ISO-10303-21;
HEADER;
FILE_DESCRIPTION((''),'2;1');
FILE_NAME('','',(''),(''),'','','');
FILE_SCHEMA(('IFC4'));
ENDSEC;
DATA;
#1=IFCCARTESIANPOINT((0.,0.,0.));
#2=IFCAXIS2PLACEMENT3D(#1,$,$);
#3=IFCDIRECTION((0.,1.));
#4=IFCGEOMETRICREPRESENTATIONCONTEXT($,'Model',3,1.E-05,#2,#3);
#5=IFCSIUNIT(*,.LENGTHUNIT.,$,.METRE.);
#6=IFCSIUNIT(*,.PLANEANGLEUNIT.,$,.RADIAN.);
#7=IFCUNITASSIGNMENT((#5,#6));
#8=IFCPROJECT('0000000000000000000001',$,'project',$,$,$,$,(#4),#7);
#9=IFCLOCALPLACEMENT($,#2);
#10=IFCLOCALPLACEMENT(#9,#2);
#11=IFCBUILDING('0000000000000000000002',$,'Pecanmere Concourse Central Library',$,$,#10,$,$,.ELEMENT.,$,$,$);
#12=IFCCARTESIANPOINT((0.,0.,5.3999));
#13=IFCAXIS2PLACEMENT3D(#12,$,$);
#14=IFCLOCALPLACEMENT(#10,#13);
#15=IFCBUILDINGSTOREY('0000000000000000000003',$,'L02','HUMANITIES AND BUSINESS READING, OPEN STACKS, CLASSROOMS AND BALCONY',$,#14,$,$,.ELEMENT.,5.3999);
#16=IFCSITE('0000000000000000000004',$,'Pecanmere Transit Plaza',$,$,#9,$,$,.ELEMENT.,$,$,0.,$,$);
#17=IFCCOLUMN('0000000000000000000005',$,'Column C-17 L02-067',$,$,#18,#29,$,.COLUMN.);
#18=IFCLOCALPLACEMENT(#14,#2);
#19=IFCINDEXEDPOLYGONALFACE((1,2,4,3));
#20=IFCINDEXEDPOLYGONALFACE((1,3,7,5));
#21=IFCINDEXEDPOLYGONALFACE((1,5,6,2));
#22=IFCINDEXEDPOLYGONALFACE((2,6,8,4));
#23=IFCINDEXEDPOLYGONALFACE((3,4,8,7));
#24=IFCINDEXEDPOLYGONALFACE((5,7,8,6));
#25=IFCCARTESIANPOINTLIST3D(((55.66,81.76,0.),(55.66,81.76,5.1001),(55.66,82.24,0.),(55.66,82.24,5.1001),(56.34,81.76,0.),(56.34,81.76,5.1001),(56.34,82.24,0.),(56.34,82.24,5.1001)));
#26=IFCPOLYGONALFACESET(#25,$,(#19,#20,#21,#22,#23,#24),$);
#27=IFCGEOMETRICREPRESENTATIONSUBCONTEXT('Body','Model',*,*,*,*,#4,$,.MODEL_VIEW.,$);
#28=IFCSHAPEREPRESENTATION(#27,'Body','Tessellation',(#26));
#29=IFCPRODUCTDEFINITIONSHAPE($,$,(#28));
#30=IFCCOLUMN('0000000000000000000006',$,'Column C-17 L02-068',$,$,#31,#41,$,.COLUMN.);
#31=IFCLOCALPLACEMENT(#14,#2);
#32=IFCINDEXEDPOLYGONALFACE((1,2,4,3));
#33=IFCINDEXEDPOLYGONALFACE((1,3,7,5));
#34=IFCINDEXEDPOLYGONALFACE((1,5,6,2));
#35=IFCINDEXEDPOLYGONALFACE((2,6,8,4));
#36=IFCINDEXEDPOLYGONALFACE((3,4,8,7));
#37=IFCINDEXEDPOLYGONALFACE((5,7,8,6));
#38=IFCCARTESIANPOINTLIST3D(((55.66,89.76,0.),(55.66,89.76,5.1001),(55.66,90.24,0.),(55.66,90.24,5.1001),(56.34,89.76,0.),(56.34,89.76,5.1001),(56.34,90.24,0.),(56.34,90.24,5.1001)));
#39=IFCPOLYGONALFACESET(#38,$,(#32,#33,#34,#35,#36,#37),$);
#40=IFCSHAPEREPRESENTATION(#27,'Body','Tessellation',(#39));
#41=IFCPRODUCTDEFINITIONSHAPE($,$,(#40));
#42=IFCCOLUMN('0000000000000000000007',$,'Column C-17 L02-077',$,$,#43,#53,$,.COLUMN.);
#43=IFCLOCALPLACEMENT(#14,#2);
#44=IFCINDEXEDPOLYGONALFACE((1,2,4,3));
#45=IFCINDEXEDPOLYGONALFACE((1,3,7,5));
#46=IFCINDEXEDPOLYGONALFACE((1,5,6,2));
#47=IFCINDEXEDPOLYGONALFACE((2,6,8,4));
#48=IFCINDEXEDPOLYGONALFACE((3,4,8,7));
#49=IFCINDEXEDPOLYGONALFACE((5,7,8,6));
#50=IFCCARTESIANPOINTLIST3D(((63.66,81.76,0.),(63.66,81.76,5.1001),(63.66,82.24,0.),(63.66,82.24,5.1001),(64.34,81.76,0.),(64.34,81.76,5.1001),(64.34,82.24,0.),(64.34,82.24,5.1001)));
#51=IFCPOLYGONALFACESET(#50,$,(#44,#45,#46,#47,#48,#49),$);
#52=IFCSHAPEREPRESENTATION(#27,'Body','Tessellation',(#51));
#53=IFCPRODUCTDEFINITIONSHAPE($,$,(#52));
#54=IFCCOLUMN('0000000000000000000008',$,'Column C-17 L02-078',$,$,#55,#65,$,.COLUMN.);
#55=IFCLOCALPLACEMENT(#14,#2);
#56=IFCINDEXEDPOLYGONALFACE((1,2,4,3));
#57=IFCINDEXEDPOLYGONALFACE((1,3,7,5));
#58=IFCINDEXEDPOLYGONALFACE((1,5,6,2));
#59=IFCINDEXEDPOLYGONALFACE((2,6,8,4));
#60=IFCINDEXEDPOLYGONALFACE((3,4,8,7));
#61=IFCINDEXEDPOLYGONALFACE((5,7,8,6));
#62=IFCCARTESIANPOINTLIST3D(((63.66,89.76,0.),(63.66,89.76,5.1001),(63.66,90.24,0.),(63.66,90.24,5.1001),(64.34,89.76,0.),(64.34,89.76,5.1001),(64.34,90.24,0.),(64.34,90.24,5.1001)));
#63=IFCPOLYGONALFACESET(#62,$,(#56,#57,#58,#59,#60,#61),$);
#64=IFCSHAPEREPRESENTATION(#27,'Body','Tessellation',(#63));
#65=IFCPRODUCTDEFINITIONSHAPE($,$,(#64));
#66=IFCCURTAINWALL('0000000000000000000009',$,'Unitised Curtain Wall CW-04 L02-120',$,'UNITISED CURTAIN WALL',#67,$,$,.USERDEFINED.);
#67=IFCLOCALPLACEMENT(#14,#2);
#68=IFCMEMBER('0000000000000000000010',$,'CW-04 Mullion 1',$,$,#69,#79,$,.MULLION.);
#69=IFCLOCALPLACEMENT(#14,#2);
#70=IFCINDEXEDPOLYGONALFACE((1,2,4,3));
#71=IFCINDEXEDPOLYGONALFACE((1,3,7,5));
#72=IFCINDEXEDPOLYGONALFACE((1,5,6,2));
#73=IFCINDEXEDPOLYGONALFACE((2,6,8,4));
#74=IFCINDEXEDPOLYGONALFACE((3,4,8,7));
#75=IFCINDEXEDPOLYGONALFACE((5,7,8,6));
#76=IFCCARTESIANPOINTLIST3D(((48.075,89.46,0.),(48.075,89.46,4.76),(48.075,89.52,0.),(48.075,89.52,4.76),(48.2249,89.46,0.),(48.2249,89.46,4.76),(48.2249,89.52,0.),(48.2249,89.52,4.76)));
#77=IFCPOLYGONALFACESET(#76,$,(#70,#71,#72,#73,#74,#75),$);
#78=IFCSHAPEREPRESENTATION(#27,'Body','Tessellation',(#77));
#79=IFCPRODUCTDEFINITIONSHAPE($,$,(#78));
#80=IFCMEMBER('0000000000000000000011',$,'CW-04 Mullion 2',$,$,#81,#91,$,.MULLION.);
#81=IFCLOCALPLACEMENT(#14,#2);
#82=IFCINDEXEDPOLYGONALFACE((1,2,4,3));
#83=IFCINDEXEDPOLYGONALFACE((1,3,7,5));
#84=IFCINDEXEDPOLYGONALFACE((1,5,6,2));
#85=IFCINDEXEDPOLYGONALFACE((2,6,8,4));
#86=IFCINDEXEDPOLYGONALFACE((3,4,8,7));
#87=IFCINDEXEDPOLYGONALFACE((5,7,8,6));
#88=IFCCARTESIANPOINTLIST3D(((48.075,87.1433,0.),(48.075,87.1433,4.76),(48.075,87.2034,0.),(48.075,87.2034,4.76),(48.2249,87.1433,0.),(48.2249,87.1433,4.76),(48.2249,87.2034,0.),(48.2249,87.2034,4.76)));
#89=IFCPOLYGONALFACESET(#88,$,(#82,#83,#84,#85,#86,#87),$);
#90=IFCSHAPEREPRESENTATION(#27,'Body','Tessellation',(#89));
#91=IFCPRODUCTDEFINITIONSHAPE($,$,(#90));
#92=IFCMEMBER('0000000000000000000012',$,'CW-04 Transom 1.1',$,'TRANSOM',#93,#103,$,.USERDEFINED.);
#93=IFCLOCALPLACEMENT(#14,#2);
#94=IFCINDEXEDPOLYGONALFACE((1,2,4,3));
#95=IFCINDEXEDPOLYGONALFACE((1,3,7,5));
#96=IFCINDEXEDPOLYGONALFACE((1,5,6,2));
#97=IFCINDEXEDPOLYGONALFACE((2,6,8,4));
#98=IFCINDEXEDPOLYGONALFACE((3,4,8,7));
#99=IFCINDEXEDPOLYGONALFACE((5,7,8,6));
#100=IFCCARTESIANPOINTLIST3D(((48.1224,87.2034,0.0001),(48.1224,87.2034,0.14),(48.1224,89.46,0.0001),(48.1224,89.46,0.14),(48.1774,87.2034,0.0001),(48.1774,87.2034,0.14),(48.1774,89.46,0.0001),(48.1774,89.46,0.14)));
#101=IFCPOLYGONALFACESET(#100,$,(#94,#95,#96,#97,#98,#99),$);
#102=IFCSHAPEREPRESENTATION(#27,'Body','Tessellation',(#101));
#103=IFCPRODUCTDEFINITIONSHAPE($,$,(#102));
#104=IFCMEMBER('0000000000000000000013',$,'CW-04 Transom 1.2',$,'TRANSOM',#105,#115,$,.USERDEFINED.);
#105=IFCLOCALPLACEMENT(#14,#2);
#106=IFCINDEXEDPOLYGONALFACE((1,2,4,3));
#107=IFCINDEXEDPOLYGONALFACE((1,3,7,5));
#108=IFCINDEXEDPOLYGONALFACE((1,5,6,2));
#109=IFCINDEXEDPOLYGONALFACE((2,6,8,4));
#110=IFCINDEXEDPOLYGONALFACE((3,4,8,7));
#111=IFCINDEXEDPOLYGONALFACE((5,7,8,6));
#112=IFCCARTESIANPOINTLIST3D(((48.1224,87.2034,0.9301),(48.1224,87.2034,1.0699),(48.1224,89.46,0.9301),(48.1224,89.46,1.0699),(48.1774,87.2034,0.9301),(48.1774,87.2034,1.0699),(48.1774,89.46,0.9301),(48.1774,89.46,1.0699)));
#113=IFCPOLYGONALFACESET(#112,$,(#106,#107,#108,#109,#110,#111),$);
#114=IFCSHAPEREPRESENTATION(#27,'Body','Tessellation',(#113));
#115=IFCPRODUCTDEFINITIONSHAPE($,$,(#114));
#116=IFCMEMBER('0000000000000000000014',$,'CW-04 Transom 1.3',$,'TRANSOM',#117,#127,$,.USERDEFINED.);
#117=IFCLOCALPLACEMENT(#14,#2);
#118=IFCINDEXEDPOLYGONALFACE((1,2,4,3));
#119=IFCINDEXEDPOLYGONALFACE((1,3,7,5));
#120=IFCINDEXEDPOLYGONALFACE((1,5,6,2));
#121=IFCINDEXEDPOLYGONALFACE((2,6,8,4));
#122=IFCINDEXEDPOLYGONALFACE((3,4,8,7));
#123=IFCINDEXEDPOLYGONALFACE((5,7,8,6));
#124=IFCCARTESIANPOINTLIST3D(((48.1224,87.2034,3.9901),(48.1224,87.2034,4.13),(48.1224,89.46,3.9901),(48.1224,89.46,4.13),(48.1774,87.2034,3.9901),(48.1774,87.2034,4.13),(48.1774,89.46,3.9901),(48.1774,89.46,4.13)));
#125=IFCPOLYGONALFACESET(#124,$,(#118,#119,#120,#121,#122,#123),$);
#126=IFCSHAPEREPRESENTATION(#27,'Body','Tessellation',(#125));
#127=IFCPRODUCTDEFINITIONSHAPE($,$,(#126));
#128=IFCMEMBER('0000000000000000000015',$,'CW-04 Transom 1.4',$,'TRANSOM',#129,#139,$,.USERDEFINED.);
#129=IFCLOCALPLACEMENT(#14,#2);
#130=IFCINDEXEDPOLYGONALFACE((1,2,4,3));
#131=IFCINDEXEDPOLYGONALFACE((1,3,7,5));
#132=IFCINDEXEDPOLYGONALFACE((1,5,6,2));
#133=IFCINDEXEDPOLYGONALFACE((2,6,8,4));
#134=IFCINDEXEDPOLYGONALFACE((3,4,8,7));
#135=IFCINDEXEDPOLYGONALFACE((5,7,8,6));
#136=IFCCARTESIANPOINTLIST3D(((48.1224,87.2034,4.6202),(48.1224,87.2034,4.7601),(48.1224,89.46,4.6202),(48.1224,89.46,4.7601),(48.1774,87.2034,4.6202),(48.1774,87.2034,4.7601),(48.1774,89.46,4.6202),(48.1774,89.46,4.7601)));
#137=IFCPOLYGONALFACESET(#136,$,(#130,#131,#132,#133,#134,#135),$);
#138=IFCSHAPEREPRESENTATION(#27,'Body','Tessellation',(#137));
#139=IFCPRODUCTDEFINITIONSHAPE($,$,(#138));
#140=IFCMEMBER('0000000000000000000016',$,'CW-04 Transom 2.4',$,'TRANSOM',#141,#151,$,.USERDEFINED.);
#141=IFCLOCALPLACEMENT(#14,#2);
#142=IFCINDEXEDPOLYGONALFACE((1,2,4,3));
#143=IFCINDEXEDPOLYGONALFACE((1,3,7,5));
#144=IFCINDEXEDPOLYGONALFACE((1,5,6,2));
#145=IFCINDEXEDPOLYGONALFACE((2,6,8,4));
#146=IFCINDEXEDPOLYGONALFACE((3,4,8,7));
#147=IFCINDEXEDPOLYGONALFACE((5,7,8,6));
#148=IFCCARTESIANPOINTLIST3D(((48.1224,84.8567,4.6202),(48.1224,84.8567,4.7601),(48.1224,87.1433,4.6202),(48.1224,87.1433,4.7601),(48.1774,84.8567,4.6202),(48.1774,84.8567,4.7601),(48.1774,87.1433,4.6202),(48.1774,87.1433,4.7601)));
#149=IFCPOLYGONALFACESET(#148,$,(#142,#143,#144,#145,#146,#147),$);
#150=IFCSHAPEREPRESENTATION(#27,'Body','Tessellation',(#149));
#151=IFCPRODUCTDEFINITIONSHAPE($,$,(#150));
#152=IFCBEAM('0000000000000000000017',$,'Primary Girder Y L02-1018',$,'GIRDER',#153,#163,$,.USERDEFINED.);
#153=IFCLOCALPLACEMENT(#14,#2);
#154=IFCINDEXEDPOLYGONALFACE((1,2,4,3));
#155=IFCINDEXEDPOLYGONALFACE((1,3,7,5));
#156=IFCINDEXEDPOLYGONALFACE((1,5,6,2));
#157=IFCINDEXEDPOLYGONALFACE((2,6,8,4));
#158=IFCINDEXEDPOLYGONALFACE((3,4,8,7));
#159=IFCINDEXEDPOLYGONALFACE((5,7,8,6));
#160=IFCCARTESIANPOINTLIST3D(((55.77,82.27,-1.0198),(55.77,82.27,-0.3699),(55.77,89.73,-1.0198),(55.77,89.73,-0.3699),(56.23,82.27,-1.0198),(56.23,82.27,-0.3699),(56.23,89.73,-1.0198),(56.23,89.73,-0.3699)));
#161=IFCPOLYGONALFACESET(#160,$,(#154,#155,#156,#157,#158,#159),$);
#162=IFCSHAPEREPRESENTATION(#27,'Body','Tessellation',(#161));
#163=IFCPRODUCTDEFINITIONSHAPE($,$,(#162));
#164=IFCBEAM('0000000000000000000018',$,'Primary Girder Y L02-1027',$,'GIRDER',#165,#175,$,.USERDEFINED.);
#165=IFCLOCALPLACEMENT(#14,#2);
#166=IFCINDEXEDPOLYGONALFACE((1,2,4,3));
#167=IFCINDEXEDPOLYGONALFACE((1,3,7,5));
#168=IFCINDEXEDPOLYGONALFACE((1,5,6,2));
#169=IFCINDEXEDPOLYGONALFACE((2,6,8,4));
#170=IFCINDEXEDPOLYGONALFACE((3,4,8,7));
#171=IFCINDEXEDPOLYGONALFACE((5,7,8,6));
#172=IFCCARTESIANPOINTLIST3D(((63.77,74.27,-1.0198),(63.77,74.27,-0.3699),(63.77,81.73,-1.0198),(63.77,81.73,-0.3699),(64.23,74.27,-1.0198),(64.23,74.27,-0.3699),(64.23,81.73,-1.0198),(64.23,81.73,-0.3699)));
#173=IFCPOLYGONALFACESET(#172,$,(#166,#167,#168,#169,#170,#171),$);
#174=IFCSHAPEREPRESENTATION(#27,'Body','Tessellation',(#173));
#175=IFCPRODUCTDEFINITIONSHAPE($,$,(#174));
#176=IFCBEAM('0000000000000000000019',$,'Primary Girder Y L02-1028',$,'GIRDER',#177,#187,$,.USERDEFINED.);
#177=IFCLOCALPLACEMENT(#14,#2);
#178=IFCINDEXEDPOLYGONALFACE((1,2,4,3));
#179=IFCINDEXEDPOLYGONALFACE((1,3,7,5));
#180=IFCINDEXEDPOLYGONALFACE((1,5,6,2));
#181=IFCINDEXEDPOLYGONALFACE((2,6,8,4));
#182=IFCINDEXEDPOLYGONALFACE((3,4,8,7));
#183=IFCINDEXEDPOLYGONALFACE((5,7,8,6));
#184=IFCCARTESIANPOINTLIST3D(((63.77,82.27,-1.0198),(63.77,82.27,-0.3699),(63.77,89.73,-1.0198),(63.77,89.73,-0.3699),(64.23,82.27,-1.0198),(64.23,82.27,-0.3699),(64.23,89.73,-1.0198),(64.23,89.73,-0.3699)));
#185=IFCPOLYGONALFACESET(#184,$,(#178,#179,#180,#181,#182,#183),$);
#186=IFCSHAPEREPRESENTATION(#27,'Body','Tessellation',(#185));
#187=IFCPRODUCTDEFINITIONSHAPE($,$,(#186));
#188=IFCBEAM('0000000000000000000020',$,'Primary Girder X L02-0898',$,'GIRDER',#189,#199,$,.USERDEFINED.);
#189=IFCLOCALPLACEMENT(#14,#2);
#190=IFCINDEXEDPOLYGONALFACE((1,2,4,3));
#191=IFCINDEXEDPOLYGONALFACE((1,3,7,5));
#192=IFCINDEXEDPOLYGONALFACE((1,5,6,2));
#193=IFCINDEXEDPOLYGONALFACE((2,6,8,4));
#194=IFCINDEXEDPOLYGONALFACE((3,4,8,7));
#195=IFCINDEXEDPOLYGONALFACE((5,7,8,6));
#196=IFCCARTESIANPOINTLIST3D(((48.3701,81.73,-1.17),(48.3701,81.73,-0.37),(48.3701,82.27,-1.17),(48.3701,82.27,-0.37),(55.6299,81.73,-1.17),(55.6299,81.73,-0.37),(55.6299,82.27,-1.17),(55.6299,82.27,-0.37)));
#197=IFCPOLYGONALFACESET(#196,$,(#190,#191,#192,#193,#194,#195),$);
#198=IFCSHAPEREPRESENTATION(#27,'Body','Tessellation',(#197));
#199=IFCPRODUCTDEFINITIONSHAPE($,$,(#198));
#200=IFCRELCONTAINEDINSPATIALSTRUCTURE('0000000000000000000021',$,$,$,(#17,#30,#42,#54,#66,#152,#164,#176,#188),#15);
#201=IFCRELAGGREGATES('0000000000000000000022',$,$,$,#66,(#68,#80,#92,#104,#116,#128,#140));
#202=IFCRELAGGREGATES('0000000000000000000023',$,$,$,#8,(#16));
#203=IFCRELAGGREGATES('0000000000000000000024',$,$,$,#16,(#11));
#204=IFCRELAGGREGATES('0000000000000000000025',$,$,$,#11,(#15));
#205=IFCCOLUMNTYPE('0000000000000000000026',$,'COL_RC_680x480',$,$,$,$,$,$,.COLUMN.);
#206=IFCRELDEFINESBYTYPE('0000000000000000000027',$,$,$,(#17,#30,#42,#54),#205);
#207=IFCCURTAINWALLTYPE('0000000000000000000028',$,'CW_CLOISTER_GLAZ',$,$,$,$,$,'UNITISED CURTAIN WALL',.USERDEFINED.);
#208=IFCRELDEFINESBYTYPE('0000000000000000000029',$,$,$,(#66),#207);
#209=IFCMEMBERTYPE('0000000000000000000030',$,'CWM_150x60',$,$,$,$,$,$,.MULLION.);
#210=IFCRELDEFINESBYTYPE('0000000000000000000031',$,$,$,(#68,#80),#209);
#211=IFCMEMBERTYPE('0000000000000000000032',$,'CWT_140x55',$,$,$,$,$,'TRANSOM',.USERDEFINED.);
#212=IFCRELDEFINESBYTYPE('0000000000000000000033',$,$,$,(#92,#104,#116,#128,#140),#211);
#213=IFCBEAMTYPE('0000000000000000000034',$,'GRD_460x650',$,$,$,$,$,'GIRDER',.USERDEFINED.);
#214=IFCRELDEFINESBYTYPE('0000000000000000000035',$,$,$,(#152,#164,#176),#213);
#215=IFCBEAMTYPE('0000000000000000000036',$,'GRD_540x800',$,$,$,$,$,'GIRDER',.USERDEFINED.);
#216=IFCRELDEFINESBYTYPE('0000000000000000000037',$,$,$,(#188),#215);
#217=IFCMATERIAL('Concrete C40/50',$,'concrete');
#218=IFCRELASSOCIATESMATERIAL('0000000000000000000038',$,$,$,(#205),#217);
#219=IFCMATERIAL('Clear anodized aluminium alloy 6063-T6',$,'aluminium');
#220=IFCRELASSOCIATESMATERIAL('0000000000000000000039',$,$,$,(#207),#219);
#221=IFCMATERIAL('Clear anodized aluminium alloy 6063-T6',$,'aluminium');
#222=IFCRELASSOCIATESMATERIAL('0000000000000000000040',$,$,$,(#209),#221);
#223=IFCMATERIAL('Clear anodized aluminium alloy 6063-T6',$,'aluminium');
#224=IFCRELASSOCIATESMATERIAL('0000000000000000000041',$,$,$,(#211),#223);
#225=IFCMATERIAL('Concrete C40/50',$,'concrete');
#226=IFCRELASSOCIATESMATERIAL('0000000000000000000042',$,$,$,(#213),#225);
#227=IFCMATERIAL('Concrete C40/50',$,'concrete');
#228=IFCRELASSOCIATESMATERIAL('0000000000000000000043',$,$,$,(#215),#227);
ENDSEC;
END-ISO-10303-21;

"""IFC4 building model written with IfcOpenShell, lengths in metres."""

from ifc_helpers import new_model, si_unit, direction, frame, origin, origin_2d, place, context, subcontext, project, spatial, rectangle, extrude, material, material_profile, profile_set, type_object, element, aggregate, save


model = new_model("IFC4")

# Units and contexts
model_context = context("Model", 3, precision=1e-05, world=origin(), true_north=direction((0.0, 1.0)))
body_context = subcontext(model_context, "Body", "Model", "MODEL_VIEW")
ifc_project = project(units=[si_unit("LENGTHUNIT", "METRE"), si_unit("PLANEANGLEUNIT", "RADIAN")], contexts=[model_context])

# Site, building, storey
site_placement = place(None, origin())
site = spatial("IfcSite", under=ifc_project, at=site_placement, Name="Pecanmere Transit Plaza", CompositionType="ELEMENT", RefElevation=0.0)
building_placement = place(site_placement, origin())
building = spatial("IfcBuilding", under=site, at=building_placement, Name="Pecanmere Concourse Central Library", CompositionType="ELEMENT")
storey_placement = place(building_placement, frame((0.0, 0.0, 5.3999)))
storey = spatial("IfcBuildingStorey", under=building, at=storey_placement, Name="L02", Description="HUMANITIES AND BUSINESS READING, OPEN STACKS, CLASSROOMS AND BALCONY", CompositionType="ELEMENT", Elevation=5.3999)

# Columns
ifc_material_1 = material(Name="Concrete C40/50", Category="concrete")
ifc_material_profile_1 = material_profile(ifc_material_1, rectangle(XDim=0.6799, YDim=0.48, at=origin_2d()), Name="RC 680x480")
ifc_profile_set_1 = profile_set([ifc_material_profile_1], Name="Concrete C40/50")
column_type = type_object("IfcColumnType", Name="COL_RC_680x480", PredefinedType="COLUMN", material=ifc_profile_set_1)
for number, where, z_axis, x_axis, name in (
    (1, (56.0, 82.0, 0.0), (0.0, 0.0, 1.0), (1.0, 0.0, 0.0), "Column C-17 L02-067"),
    (2, (56.0, 90.0, 0.0), (0.0, 0.0, 1.0), (1.0, 0.0, 0.0), "Column C-17 L02-068"),
    (3, (64.0, 82.0, 0.0), (0.0, 0.0, 1.0), (1.0, 0.0, 0.0), "Column C-17 L02-077"),
    (4, (64.0, 90.0, 0.0), (0.0, 0.0, 1.0), (1.0, 0.0, 0.0), "Column C-17 L02-078"),
):
    element("IfcColumn", number, at=place(storey_placement, frame(where, z_axis=z_axis, x_axis=x_axis)), inside=storey, type_object=column_type, Name=name, PredefinedType="COLUMN", context=body_context, shape_type="SweptSolid", body=[
        extrude(rectangle(XDim=0.6799, YDim=0.48, at=origin_2d()), origin(), (0.0, 0.0, 1.0), 5.1001),
    ])

# Curtain wall, members
ifc_material_2 = material(Name="Clear anodized aluminium alloy 6063-T6", Category="aluminium")
curtain_wall_type = type_object("IfcCurtainWallType", Name="CW_CLOISTER_GLAZ", ElementType="UNITISED CURTAIN WALL", PredefinedType="USERDEFINED", material=ifc_material_2)
curtain_wall_placement = place(storey_placement, origin())
curtain_wall = element("IfcCurtainWall", 5, at=curtain_wall_placement, inside=storey, type_object=curtain_wall_type, Name="Unitised Curtain Wall CW-04 L02-120", ObjectType="UNITISED CURTAIN WALL", PredefinedType="USERDEFINED")
ifc_material_3 = material(Name="Clear anodized aluminium alloy 6063-T6", Category="aluminium")
ifc_material_profile_2 = material_profile(ifc_material_3, rectangle(XDim=0.0601, YDim=0.1499, at=origin_2d()), Name="AL 60x150")
ifc_profile_set_2 = profile_set([ifc_material_profile_2], Name="Clear anodized aluminium alloy 6063-T6")
member_type_1 = type_object("IfcMemberType", Name="CWM_150x60", PredefinedType="MULLION", material=ifc_profile_set_2)
member_1_placement = place(storey_placement, frame((48.1499, 89.49, 0.0), z_axis=(0.0, 0.0, 1.0), x_axis=(0.0, -1.0, 0.0)))
member_1 = element("IfcMember", 6, at=member_1_placement, type_object=member_type_1, Name="CW-04 Mullion 1", PredefinedType="MULLION", context=body_context, shape_type="SweptSolid", body=[
    extrude(rectangle(XDim=0.0601, YDim=0.1499, at=origin_2d()), origin(), (0.0, 0.0, 1.0), 4.76),
])
member_2_placement = place(storey_placement, frame((48.1499, 87.1733, 0.0), z_axis=(0.0, 0.0, 1.0), x_axis=(0.0, -1.0, 0.0)))
member_2 = element("IfcMember", 7, at=member_2_placement, type_object=member_type_1, Name="CW-04 Mullion 2", PredefinedType="MULLION", context=body_context, shape_type="SweptSolid", body=[
    extrude(rectangle(XDim=0.0601, YDim=0.1499, at=origin_2d()), origin(), (0.0, 0.0, 1.0), 4.76),
])
ifc_material_4 = material(Name="Clear anodized aluminium alloy 6063-T6", Category="aluminium")
ifc_material_profile_3 = material_profile(ifc_material_4, rectangle(XDim=0.0549, YDim=0.1399, at=origin_2d()), Name="AL 55x140")
ifc_profile_set_3 = profile_set([ifc_material_profile_3], Name="Clear anodized aluminium alloy 6063-T6")
member_type_2 = type_object("IfcMemberType", Name="CWT_140x55", ElementType="TRANSOM", PredefinedType="USERDEFINED", material=ifc_profile_set_3)
member_3_placement = place(storey_placement, frame((48.1499, 89.46, 0.0701), z_axis=(0.0, -1.0, 0.0), x_axis=(1.0, 0.0, 0.0)))
member_3 = element("IfcMember", 8, at=member_3_placement, type_object=member_type_2, Name="CW-04 Transom 1.1", ObjectType="TRANSOM", PredefinedType="USERDEFINED", context=body_context, shape_type="SweptSolid", body=[
    extrude(rectangle(XDim=0.0549, YDim=0.1399, at=origin_2d()), origin(), (0.0, 0.0, 1.0), 2.2566),
])
member_4_placement = place(storey_placement, frame((48.1499, 89.46, 1.0), z_axis=(0.0, -1.0, 0.0), x_axis=(1.0, 0.0, 0.0)))
member_4 = element("IfcMember", 9, at=member_4_placement, type_object=member_type_2, Name="CW-04 Transom 1.2", ObjectType="TRANSOM", PredefinedType="USERDEFINED", context=body_context, shape_type="SweptSolid", body=[
    extrude(rectangle(XDim=0.0549, YDim=0.1399, at=origin_2d()), origin(), (0.0, 0.0, 1.0), 2.2566),
])
member_5_placement = place(storey_placement, frame((48.1499, 89.46, 4.0601), z_axis=(0.0, -1.0, 0.0), x_axis=(1.0, 0.0, 0.0)))
member_5 = element("IfcMember", 10, at=member_5_placement, type_object=member_type_2, Name="CW-04 Transom 1.3", ObjectType="TRANSOM", PredefinedType="USERDEFINED", context=body_context, shape_type="SweptSolid", body=[
    extrude(rectangle(XDim=0.0549, YDim=0.1399, at=origin_2d()), origin(), (0.0, 0.0, 1.0), 2.2566),
])
member_6_placement = place(storey_placement, frame((48.1499, 89.46, 4.6902), z_axis=(0.0, -1.0, 0.0), x_axis=(1.0, 0.0, 0.0)))
member_6 = element("IfcMember", 11, at=member_6_placement, type_object=member_type_2, Name="CW-04 Transom 1.4", ObjectType="TRANSOM", PredefinedType="USERDEFINED", context=body_context, shape_type="SweptSolid", body=[
    extrude(rectangle(XDim=0.0549, YDim=0.1399, at=origin_2d()), origin(), (0.0, 0.0, 1.0), 2.2566),
])
member_7_placement = place(storey_placement, frame((48.1499, 87.1433, 4.6902), z_axis=(0.0, -1.0, 0.0), x_axis=(1.0, 0.0, 0.0)))
member_7 = element("IfcMember", 12, at=member_7_placement, type_object=member_type_2, Name="CW-04 Transom 2.4", ObjectType="TRANSOM", PredefinedType="USERDEFINED", context=body_context, shape_type="SweptSolid", body=[
    extrude(rectangle(XDim=0.0549, YDim=0.1399, at=origin_2d()), origin(), (0.0, 0.0, 1.0), 2.2866),
])

# Beams
ifc_material_5 = material(Name="Concrete C40/50", Category="concrete")
ifc_material_profile_4 = material_profile(ifc_material_5, rectangle(XDim=0.46, YDim=0.6499, at=origin_2d()), Name="RC 460x650")
ifc_profile_set_4 = profile_set([ifc_material_profile_4], Name="Concrete C40/50")
beam_type_1 = type_object("IfcBeamType", Name="GRD_460x650", ElementType="GIRDER", PredefinedType="USERDEFINED", material=ifc_profile_set_4)
for number, where, z_axis, x_axis, name in (
    (13, (56.0, 82.27, -0.6948), (0.0, 1.0, 0.0), (-1.0, 0.0, 0.0), "Primary Girder Y L02-1018"),
    (14, (64.0, 74.27, -0.6948), (0.0, 1.0, 0.0), (-1.0, 0.0, 0.0), "Primary Girder Y L02-1027"),
    (15, (64.0, 82.27, -0.6948), (0.0, 1.0, 0.0), (-1.0, 0.0, 0.0), "Primary Girder Y L02-1028"),
):
    element("IfcBeam", number, at=place(storey_placement, frame(where, z_axis=z_axis, x_axis=x_axis)), inside=storey, type_object=beam_type_1, Name=name, ObjectType="GIRDER", PredefinedType="USERDEFINED", context=body_context, shape_type="SweptSolid", body=[
        extrude(rectangle(XDim=0.46, YDim=0.6499, at=origin_2d()), origin(), (0.0, 0.0, 1.0), 7.46),
    ])
ifc_material_6 = material(Name="Concrete C40/50", Category="concrete")
ifc_material_profile_5 = material_profile(ifc_material_6, rectangle(XDim=0.54, YDim=0.8, at=origin_2d()), Name="RC 540x800")
ifc_profile_set_5 = profile_set([ifc_material_profile_5], Name="Concrete C40/50")
beam_type_2 = type_object("IfcBeamType", Name="GRD_540x800", ElementType="GIRDER", PredefinedType="USERDEFINED", material=ifc_profile_set_5)
for number, where, z_axis, x_axis, name in (
    (16, (48.3701, 82.0, -0.77), (1.0, 0.0, 0.0), (0.0, 1.0, 0.0), "Primary Girder X L02-0898"),
):
    element("IfcBeam", number, at=place(storey_placement, frame(where, z_axis=z_axis, x_axis=x_axis)), inside=storey, type_object=beam_type_2, Name=name, ObjectType="GIRDER", PredefinedType="USERDEFINED", context=body_context, shape_type="SweptSolid", body=[
        extrude(rectangle(XDim=0.54, YDim=0.8, at=origin_2d()), origin(), (0.0, 0.0, 1.0), 7.2598),
    ])

aggregate(curtain_wall, [member_1, member_2, member_3, member_4, member_5, member_6, member_7])

save(model, "model.ifc")
